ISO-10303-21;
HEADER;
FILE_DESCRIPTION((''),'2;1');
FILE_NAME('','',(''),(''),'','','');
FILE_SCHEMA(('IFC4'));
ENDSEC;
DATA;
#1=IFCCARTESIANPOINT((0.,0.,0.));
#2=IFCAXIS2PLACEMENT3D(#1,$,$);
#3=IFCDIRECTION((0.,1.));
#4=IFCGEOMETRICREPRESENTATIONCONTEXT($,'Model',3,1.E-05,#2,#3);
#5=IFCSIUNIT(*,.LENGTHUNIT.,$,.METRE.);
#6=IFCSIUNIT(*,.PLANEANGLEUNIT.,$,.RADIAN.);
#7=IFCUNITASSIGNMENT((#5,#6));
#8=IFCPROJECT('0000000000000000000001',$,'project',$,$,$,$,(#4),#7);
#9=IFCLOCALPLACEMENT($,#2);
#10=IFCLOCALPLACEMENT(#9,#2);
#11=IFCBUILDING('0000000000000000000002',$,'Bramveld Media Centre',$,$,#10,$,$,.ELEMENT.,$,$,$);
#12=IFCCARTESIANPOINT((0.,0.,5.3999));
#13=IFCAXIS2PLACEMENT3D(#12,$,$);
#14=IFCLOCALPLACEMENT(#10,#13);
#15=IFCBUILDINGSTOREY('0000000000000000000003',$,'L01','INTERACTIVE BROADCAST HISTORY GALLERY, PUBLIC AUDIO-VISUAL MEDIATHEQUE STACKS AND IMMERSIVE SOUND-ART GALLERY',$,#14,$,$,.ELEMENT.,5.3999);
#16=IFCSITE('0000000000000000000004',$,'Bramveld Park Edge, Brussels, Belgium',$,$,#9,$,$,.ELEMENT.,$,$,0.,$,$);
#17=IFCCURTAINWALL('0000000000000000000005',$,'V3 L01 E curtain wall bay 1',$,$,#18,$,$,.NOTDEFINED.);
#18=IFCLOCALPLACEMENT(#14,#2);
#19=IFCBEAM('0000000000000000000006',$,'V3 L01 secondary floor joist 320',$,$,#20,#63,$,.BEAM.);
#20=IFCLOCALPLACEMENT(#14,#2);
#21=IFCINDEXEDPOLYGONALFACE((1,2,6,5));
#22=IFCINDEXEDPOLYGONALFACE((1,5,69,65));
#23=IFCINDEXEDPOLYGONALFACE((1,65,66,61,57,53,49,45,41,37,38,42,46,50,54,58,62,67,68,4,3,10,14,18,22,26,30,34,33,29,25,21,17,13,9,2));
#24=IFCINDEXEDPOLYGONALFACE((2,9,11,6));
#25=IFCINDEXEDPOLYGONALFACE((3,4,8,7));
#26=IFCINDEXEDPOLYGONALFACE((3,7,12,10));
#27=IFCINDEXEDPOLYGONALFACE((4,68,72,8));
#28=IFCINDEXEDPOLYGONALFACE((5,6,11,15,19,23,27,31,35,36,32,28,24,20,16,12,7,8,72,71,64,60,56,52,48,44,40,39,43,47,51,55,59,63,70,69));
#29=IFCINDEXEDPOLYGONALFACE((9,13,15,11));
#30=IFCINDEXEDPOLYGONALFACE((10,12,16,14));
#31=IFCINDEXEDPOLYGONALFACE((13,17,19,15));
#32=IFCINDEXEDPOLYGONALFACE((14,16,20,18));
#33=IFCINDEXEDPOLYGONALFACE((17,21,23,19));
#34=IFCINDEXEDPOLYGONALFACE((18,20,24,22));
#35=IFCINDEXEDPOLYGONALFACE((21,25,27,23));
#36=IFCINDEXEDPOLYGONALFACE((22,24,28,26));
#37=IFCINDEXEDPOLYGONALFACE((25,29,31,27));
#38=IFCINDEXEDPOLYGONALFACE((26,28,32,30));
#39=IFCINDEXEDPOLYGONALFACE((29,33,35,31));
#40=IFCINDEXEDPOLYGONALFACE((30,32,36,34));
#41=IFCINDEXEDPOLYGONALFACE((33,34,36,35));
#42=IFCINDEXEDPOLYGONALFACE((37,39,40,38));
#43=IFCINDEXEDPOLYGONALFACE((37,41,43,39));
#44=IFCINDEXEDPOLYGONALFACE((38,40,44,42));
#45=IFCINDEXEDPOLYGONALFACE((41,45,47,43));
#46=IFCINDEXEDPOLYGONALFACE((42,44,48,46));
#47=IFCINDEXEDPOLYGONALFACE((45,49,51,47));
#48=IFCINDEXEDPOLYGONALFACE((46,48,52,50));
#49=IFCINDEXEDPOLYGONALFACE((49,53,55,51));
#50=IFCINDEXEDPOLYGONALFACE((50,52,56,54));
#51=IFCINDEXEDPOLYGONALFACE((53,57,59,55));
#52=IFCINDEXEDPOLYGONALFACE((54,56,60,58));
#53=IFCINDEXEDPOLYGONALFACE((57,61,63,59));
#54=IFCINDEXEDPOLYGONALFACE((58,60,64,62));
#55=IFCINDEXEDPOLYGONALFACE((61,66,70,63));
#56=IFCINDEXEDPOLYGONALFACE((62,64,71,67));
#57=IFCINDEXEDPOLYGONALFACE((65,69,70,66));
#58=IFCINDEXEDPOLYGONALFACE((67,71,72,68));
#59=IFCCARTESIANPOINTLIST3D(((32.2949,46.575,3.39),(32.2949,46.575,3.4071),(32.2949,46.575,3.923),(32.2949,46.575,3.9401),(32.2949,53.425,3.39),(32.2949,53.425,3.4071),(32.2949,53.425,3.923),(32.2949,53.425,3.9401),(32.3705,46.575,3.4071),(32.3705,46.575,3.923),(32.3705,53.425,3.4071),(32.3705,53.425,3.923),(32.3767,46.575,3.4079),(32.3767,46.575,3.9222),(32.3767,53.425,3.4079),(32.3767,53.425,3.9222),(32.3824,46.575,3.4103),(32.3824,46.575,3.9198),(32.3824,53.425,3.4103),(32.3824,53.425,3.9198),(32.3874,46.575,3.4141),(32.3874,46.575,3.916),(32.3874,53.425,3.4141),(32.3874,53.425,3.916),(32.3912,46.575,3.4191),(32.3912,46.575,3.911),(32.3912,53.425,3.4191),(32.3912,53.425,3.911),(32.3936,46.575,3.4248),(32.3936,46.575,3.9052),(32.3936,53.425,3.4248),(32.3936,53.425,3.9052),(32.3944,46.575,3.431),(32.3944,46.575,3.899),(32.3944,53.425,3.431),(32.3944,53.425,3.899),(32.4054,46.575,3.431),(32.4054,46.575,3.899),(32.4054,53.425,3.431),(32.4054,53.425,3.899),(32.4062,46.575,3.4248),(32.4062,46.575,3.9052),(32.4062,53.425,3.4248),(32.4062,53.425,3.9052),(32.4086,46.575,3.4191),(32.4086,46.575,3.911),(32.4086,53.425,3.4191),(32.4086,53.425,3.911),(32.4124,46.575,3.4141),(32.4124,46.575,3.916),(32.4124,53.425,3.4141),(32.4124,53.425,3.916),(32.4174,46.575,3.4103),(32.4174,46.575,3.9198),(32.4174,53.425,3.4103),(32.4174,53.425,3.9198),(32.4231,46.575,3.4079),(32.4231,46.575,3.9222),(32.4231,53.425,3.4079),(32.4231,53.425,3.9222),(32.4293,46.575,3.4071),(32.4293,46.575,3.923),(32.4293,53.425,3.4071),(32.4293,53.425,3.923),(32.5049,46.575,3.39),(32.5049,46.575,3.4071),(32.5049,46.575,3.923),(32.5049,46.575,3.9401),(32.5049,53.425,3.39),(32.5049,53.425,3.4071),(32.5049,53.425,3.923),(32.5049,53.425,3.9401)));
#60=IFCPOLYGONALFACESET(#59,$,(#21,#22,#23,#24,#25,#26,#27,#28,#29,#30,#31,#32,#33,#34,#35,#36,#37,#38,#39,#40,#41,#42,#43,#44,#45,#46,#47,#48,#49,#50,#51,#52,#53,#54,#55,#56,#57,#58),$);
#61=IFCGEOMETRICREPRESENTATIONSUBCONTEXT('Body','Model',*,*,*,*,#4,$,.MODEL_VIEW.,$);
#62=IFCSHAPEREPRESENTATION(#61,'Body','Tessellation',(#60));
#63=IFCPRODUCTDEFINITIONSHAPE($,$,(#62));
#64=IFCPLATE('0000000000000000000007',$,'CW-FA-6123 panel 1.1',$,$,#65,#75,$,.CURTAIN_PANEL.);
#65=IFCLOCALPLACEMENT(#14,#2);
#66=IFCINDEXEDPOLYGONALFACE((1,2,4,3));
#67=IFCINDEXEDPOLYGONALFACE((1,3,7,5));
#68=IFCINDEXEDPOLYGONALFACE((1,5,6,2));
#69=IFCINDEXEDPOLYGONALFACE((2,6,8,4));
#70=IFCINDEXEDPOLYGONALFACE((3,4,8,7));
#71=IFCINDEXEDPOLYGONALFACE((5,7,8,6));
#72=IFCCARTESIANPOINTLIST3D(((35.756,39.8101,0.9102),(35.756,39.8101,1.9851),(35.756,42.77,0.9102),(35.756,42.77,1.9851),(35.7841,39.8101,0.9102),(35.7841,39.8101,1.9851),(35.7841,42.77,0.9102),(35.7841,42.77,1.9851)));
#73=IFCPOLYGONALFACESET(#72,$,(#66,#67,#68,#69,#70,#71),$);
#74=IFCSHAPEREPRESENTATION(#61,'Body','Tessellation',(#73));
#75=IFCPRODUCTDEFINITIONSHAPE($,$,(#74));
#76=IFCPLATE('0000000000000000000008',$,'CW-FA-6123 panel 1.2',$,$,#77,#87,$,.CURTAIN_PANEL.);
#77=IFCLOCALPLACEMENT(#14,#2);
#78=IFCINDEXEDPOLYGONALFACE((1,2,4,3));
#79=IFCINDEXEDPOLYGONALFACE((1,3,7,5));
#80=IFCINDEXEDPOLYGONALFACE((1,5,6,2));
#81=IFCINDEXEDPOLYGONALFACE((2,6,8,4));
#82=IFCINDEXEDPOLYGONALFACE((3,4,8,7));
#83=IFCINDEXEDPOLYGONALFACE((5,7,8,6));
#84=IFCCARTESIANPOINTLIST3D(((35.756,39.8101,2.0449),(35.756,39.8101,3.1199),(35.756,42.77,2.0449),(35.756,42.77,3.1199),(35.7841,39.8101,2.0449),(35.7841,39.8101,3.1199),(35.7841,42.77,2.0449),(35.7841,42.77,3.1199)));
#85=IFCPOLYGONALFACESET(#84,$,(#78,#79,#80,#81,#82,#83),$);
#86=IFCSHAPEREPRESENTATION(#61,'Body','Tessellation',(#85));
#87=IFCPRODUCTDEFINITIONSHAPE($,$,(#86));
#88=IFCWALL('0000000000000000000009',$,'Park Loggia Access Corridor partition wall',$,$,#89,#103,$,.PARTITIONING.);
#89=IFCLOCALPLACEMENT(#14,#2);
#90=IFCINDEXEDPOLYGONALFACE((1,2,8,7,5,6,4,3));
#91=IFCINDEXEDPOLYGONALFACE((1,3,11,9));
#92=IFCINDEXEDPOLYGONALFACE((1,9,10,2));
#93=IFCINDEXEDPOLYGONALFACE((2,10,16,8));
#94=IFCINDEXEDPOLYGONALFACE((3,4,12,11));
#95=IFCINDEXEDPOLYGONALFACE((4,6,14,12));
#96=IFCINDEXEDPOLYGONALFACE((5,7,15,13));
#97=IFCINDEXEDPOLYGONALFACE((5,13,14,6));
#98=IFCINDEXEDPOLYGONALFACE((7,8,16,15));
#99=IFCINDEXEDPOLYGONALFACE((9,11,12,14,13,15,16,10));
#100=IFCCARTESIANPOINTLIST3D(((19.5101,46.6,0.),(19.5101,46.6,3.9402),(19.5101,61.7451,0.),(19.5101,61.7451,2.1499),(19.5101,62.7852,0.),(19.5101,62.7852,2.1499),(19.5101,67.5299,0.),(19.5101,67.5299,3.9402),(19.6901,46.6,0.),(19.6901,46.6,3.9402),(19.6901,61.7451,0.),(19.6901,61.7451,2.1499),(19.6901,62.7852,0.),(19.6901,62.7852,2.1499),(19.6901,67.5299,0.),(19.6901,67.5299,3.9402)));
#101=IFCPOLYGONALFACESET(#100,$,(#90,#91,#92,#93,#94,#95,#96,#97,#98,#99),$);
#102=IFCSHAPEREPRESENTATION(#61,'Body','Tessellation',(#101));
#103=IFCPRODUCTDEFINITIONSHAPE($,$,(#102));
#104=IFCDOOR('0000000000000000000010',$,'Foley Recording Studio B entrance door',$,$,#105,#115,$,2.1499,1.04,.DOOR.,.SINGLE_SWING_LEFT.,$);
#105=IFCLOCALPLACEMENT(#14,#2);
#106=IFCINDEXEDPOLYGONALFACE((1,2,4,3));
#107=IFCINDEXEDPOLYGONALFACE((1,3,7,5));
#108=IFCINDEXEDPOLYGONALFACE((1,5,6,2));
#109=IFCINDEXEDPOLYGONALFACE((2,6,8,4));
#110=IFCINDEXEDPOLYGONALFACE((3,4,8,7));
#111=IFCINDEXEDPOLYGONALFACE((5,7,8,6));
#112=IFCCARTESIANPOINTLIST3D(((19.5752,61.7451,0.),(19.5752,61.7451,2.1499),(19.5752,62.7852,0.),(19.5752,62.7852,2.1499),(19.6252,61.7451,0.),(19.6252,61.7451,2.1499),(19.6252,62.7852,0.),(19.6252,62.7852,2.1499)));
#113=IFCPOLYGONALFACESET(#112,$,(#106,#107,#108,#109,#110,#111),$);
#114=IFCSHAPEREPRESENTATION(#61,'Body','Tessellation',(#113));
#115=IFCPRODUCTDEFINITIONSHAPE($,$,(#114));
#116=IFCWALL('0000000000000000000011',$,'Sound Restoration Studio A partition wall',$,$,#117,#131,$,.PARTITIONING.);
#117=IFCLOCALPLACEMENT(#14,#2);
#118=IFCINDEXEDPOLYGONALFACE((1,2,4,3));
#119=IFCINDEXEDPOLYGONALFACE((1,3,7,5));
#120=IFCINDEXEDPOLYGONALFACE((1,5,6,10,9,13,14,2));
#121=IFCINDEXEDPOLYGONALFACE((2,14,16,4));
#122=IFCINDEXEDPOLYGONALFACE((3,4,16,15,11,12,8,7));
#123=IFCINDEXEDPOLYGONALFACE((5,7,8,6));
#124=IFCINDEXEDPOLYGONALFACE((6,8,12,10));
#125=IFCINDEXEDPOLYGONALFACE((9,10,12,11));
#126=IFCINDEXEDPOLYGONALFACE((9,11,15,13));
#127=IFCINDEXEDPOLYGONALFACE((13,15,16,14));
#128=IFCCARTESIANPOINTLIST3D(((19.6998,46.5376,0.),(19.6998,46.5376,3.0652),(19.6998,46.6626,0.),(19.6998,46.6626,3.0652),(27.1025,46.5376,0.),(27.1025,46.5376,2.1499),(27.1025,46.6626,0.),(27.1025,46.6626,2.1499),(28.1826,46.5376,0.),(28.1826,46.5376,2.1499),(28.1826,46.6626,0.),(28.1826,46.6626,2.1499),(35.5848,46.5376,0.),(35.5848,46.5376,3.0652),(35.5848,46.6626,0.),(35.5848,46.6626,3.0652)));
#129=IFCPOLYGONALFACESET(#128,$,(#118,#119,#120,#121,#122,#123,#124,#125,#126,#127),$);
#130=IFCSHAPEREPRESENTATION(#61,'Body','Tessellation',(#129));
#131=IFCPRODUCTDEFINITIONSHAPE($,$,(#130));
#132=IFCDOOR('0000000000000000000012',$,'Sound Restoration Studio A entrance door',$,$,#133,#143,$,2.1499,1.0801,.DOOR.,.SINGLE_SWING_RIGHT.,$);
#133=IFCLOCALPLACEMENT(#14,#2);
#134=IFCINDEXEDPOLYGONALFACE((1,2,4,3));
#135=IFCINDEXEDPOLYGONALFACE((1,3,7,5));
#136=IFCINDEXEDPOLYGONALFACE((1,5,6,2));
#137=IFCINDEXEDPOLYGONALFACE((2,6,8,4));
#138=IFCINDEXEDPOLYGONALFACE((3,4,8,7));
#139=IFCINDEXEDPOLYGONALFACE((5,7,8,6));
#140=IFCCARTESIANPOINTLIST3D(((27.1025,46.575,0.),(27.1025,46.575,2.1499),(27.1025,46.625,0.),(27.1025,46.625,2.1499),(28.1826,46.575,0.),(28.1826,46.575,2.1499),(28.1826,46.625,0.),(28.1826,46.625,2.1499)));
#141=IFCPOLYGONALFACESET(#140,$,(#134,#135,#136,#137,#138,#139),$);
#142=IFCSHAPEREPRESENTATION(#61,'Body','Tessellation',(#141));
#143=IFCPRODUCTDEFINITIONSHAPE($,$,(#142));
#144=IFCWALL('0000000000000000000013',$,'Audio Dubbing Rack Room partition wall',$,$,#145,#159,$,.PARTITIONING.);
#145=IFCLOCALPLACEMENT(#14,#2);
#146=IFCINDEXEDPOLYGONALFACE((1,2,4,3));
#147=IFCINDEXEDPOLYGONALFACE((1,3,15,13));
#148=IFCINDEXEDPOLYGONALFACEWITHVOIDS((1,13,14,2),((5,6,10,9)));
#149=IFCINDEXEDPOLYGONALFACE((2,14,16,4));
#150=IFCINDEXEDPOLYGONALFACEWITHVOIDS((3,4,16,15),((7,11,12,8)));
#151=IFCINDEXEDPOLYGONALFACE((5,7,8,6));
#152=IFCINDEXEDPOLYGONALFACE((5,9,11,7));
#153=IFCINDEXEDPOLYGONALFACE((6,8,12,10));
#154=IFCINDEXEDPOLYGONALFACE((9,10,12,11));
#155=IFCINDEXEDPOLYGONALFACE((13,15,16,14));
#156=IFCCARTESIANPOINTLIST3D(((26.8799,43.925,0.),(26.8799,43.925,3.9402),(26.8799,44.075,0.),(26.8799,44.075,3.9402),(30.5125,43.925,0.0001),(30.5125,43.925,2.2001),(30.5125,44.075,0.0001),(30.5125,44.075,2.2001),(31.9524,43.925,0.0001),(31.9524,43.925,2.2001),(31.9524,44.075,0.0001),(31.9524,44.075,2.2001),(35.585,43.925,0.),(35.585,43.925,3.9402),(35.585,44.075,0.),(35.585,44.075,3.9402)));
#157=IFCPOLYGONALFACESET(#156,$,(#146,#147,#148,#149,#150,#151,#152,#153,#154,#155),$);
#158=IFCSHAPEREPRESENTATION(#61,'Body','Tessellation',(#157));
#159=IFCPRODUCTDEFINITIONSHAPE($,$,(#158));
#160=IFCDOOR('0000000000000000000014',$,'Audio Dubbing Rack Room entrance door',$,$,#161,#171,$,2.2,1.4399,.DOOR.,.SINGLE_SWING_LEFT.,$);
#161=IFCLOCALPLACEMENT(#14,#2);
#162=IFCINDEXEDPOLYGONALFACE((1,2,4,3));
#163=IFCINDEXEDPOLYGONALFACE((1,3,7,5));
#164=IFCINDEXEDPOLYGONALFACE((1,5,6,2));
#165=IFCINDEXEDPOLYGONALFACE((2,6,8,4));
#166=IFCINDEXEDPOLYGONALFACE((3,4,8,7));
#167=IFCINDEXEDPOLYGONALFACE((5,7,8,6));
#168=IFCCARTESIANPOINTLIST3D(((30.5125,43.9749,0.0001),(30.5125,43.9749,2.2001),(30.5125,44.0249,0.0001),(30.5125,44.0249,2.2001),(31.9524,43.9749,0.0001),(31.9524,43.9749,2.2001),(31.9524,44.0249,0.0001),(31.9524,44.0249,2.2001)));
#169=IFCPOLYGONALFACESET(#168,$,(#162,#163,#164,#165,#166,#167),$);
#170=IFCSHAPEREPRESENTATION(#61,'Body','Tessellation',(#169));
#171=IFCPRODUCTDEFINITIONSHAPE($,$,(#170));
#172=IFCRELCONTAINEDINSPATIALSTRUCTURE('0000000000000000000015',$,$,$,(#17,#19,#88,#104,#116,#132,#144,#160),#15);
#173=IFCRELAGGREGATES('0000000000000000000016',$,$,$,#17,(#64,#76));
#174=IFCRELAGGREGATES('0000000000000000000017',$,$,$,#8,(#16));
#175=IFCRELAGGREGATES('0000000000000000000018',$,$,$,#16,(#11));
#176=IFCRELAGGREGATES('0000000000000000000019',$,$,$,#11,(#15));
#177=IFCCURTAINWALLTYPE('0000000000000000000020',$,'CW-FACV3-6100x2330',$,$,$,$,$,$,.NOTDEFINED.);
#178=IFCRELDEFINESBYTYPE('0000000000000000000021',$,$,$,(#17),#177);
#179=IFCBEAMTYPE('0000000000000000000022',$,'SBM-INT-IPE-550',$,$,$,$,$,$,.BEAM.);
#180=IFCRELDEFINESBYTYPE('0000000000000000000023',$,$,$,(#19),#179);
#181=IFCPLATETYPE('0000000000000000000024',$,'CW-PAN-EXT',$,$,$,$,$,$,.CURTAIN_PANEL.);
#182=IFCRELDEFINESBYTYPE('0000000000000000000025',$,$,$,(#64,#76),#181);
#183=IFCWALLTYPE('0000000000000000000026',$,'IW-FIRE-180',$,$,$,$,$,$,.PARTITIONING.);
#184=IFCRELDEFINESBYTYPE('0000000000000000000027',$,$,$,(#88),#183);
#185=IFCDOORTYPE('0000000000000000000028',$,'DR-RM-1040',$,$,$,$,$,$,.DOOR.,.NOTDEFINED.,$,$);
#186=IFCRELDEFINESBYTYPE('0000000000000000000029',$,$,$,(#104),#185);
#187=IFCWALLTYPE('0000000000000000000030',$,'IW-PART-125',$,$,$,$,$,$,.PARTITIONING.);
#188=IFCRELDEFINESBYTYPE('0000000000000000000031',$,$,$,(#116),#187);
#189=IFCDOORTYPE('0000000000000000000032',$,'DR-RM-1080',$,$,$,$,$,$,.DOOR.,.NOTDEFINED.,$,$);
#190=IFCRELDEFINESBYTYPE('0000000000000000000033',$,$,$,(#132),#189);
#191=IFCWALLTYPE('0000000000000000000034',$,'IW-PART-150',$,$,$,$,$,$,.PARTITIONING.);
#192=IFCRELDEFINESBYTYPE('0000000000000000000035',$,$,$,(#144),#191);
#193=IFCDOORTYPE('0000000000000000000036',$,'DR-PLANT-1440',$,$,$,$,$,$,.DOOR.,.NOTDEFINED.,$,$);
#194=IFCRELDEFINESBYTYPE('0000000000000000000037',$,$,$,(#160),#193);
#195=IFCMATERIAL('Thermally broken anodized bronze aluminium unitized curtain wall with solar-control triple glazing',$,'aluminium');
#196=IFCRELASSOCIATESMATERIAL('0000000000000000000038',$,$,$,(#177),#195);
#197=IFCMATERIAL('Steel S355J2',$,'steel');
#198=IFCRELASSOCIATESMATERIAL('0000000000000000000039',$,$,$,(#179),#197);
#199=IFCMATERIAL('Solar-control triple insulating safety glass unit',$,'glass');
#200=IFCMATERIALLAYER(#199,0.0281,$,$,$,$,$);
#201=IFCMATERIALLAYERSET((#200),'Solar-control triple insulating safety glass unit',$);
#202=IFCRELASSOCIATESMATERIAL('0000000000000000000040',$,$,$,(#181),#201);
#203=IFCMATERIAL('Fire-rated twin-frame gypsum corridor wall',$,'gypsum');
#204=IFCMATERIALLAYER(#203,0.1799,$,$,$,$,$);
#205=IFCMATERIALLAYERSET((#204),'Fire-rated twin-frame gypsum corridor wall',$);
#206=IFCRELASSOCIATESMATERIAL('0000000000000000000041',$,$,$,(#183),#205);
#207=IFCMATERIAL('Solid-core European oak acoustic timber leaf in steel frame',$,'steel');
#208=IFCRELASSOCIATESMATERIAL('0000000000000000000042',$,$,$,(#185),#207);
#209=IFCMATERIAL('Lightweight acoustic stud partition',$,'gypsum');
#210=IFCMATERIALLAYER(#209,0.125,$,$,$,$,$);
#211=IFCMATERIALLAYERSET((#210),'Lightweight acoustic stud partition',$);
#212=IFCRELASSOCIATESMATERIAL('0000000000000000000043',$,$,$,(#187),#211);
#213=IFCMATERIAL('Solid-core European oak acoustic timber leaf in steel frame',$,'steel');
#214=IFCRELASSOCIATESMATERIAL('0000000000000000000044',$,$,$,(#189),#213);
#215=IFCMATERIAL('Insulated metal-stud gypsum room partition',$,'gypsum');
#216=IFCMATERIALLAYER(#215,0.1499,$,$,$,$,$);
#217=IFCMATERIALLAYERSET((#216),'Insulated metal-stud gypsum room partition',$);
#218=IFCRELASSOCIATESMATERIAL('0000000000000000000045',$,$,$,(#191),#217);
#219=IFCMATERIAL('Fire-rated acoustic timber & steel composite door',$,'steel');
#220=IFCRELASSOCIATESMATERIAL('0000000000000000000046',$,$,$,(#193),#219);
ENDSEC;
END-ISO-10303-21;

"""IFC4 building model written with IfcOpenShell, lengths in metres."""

from ifc_helpers import new_model, si_unit, direction, frame, frame_2d, origin, origin_2d, place, context, subcontext, project, spatial, rectangle, i_section, extrude, material, layer, layer_set, material_profile, profile_set, type_object, element, fill, aggregate, save


model = new_model("IFC4")

# Units and contexts
model_context = context("Model", 3, precision=1e-05, world=origin(), true_north=direction((0.0, 1.0)))
body_context = subcontext(model_context, "Body", "Model", "MODEL_VIEW")
ifc_project = project(units=[si_unit("LENGTHUNIT", "METRE"), si_unit("PLANEANGLEUNIT", "RADIAN")], contexts=[model_context])

# Site, building, storey
site_placement = place(None, origin())
site = spatial("IfcSite", under=ifc_project, at=site_placement, Name="Bramveld Park Edge, Brussels, Belgium", CompositionType="ELEMENT", RefElevation=0.0)
building_placement = place(site_placement, origin())
building = spatial("IfcBuilding", under=site, at=building_placement, Name="Bramveld Media Centre", CompositionType="ELEMENT")
storey_placement = place(building_placement, frame((0.0, 0.0, 5.3999)))
storey = spatial("IfcBuildingStorey", under=building, at=storey_placement, Name="L01", Description="INTERACTIVE BROADCAST HISTORY GALLERY, PUBLIC AUDIO-VISUAL MEDIATHEQUE STACKS AND IMMERSIVE SOUND-ART GALLERY", CompositionType="ELEMENT", Elevation=5.3999)

# Curtain wall
ifc_material_1 = material(Name="Thermally broken anodized bronze aluminium unitized curtain wall with solar-control triple glazing", Category="aluminium")
curtain_wall_type = type_object("IfcCurtainWallType", Name="CW-FACV3-6100x2330", PredefinedType="NOTDEFINED", material=ifc_material_1)
curtain_wall_placement = place(storey_placement, origin())
curtain_wall = element("IfcCurtainWall", 1, at=curtain_wall_placement, inside=storey, type_object=curtain_wall_type, Name="V3 L01 E curtain wall bay 1", PredefinedType="NOTDEFINED")

# Beam
ifc_material_2 = material(Name="Steel S355J2", Category="steel")
ifc_material_profile_1 = material_profile(ifc_material_2, i_section(OverallWidth=0.21, OverallDepth=0.55, WebThickness=0.011, FlangeThickness=0.0171, FilletRadius=0.0239, at=origin_2d()), Name="IPE 550")
ifc_profile_set_1 = profile_set([ifc_material_profile_1], Name="Steel S355J2")
beam_type_1 = type_object("IfcBeamType", Name="SBM-INT-IPE-550", PredefinedType="BEAM", material=ifc_profile_set_1)
beam_1_placement = place(storey_placement, frame((32.3999, 46.575, 3.665), z_axis=(0.0, 1.0, 0.0), x_axis=(-1.0, 0.0, 0.0)))
element("IfcBeam", 2, at=beam_1_placement, inside=storey, type_object=beam_type_1, Name="V3 L01 secondary floor joist 320", PredefinedType="BEAM", context=body_context, shape_type="SweptSolid", body=[
    extrude(i_section(OverallWidth=0.21, OverallDepth=0.55, WebThickness=0.011, FlangeThickness=0.0171, FilletRadius=0.0239, at=origin_2d()), origin(), (0.0, 0.0, 1.0), 6.8501),
])

# Plates
ifc_material_3 = material(Name="Solar-control triple insulating safety glass unit", Category="glass")
ifc_layer_1 = layer(ifc_material_3, 0.0281)
ifc_layer_set_1 = layer_set([ifc_layer_1], Name="Solar-control triple insulating safety glass unit")
plate_type = type_object("IfcPlateType", Name="CW-PAN-EXT", PredefinedType="CURTAIN_PANEL", material=ifc_layer_set_1)
plate_1_placement = place(storey_placement, frame((35.77, 41.29, 0.9102), z_axis=(0.0, 0.0, 1.0), x_axis=(0.0, 1.0, 0.0)))
plate_1 = element("IfcPlate", 3, at=plate_1_placement, type_object=plate_type, Name="CW-FA-6123 panel 1.1", PredefinedType="CURTAIN_PANEL", context=body_context, shape_type="SweptSolid", body=[
    extrude(rectangle(XDim=2.96, YDim=0.0281, at=origin_2d()), origin(), (0.0, 0.0, 1.0), 1.075),
])
plate_2_placement = place(storey_placement, frame((35.77, 41.29, 2.0449), z_axis=(0.0, 0.0, 1.0), x_axis=(0.0, 1.0, 0.0)))
plate_2 = element("IfcPlate", 4, at=plate_2_placement, type_object=plate_type, Name="CW-FA-6123 panel 1.2", PredefinedType="CURTAIN_PANEL", context=body_context, shape_type="SweptSolid", body=[
    extrude(rectangle(XDim=2.96, YDim=0.0281, at=origin_2d()), origin(), (0.0, 0.0, 1.0), 1.075),
])
aggregate(curtain_wall, [plate_1, plate_2])

# Walls, openings, doors
ifc_material_4 = material(Name="Fire-rated twin-frame gypsum corridor wall", Category="gypsum")
ifc_layer_2 = layer(ifc_material_4, 0.1799)
ifc_layer_set_2 = layer_set([ifc_layer_2], Name="Fire-rated twin-frame gypsum corridor wall")
wall_type_1 = type_object("IfcWallType", Name="IW-FIRE-180", PredefinedType="PARTITIONING", material=ifc_layer_set_2)
wall_1_placement = place(storey_placement, frame((19.6001, 46.6001, 0.0), z_axis=(0.0, 0.0, 1.0), x_axis=(0.0, 1.0, 0.0)))
wall_1 = element("IfcWall", 5, at=wall_1_placement, inside=storey, type_object=wall_type_1, Name="Park Loggia Access Corridor partition wall", PredefinedType="PARTITIONING", context=body_context, shape_type="SweptSolid", body=[
    extrude(rectangle(XDim=20.9299, YDim=0.1799, at=frame_2d((10.4648, 0.0))), origin(), (0.0, 0.0, 1.0), 3.9402),
])
opening_1_placement = place(wall_1_placement, frame((15.145, 0.0, 0.0)))
opening_1 = element("IfcOpeningElement", 6, at=opening_1_placement, cuts=wall_1, PredefinedType="OPENING", context=body_context, shape_type="SweptSolid", body=[
    extrude(rectangle(XDim=1.04, YDim=2.1499, at=frame_2d((0.52, 1.075))), frame((0.0, 0.1021, 0.0), z_axis=(0.0, -1.0, 0.0), x_axis=(1.0, 0.0, 0.0)), (0.0, 0.0, 1.0), 0.2039),
])
ifc_material_5 = material(Name="Solid-core European oak acoustic timber leaf in steel frame", Category="steel")
door_type_1 = type_object("IfcDoorType", Name="DR-RM-1040", OperationType="NOTDEFINED", PredefinedType="DOOR", material=ifc_material_5)
door_1_placement = place(opening_1_placement, origin())
door_1 = element("IfcDoor", 7, at=door_1_placement, inside=storey, type_object=door_type_1, Name="Foley Recording Studio B entrance door", OperationType="SINGLE_SWING_LEFT", OverallHeight=2.1499, OverallWidth=1.04, PredefinedType="DOOR", context=body_context, shape_type="SweptSolid", body=[
    extrude(rectangle(XDim=1.04, YDim=2.1499, at=frame_2d((0.52, 1.075))), frame((0.0, 0.0249, 0.0), z_axis=(0.0, -1.0, 0.0), x_axis=(1.0, 0.0, 0.0)), (0.0, 0.0, 1.0), 0.05),
])
fill(opening_1, door_1)
ifc_material_6 = material(Name="Lightweight acoustic stud partition", Category="gypsum")
ifc_layer_3 = layer(ifc_material_6, 0.125)
ifc_layer_set_3 = layer_set([ifc_layer_3], Name="Lightweight acoustic stud partition")
wall_type_2 = type_object("IfcWallType", Name="IW-PART-125", PredefinedType="PARTITIONING", material=ifc_layer_set_3)
wall_2_placement = place(storey_placement, frame((19.7, 46.6001, 0.0), z_axis=(0.0, 0.0, 1.0), x_axis=(1.0, 0.0, 0.0)))
wall_2 = element("IfcWall", 8, at=wall_2_placement, inside=storey, type_object=wall_type_2, Name="Sound Restoration Studio A partition wall", PredefinedType="PARTITIONING", context=body_context, shape_type="SweptSolid", body=[
    extrude(rectangle(XDim=15.885, YDim=0.125, at=frame_2d((7.9424, 0.0))), origin(), (0.0, 0.0, 1.0), 3.0652),
])
opening_2_placement = place(wall_2_placement, frame((7.4026, 0.0, 0.0)))
opening_2 = element("IfcOpeningElement", 9, at=opening_2_placement, cuts=wall_2, PredefinedType="OPENING", context=body_context, shape_type="SweptSolid", body=[
    extrude(rectangle(XDim=1.0801, YDim=2.1499, at=frame_2d((0.54, 1.075))), frame((0.0, 0.0745, 0.0), z_axis=(0.0, -1.0, 0.0), x_axis=(1.0, 0.0, 0.0)), (0.0, 0.0, 1.0), 0.1489),
])
ifc_material_7 = material(Name="Solid-core European oak acoustic timber leaf in steel frame", Category="steel")
door_type_2 = type_object("IfcDoorType", Name="DR-RM-1080", OperationType="NOTDEFINED", PredefinedType="DOOR", material=ifc_material_7)
door_2_placement = place(opening_2_placement, origin())
door_2 = element("IfcDoor", 10, at=door_2_placement, inside=storey, type_object=door_type_2, Name="Sound Restoration Studio A entrance door", OperationType="SINGLE_SWING_RIGHT", OverallHeight=2.1499, OverallWidth=1.0801, PredefinedType="DOOR", context=body_context, shape_type="SweptSolid", body=[
    extrude(rectangle(XDim=1.0801, YDim=2.1499, at=frame_2d((0.54, 1.075))), frame((0.0, 0.0249, 0.0), z_axis=(0.0, -1.0, 0.0), x_axis=(1.0, 0.0, 0.0)), (0.0, 0.0, 1.0), 0.05),
])
fill(opening_2, door_2)
ifc_material_8 = material(Name="Insulated metal-stud gypsum room partition", Category="gypsum")
ifc_layer_4 = layer(ifc_material_8, 0.1499)
ifc_layer_set_4 = layer_set([ifc_layer_4], Name="Insulated metal-stud gypsum room partition")
wall_type_3 = type_object("IfcWallType", Name="IW-PART-150", PredefinedType="PARTITIONING", material=ifc_layer_set_4)
wall_3_placement = place(storey_placement, frame((26.8799, 44.0, 0.0), z_axis=(0.0, 0.0, 1.0), x_axis=(1.0, 0.0, 0.0)))
wall_3 = element("IfcWall", 11, at=wall_3_placement, inside=storey, type_object=wall_type_3, Name="Audio Dubbing Rack Room partition wall", PredefinedType="PARTITIONING", context=body_context, shape_type="SweptSolid", body=[
    extrude(rectangle(XDim=8.7051, YDim=0.1499, at=frame_2d((4.3525, 0.0))), origin(), (0.0, 0.0, 1.0), 3.9402),
])
opening_3_placement = place(wall_3_placement, frame((3.6326, 0.0, 0.0)))
opening_3 = element("IfcOpeningElement", 12, at=opening_3_placement, cuts=wall_3, PredefinedType="OPENING", context=body_context, shape_type="SweptSolid", body=[
    extrude(rectangle(XDim=1.4399, YDim=2.2, at=frame_2d((0.72, 1.1001))), frame((0.0, 0.0869, 0.0), z_axis=(0.0, -1.0, 0.0), x_axis=(1.0, 0.0, 0.0)), (0.0, 0.0, 1.0), 0.1738),
])
ifc_material_9 = material(Name="Fire-rated acoustic timber & steel composite door", Category="steel")
door_type_3 = type_object("IfcDoorType", Name="DR-PLANT-1440", OperationType="NOTDEFINED", PredefinedType="DOOR", material=ifc_material_9)
door_3_placement = place(opening_3_placement, origin())
door_3 = element("IfcDoor", 13, at=door_3_placement, inside=storey, type_object=door_type_3, Name="Audio Dubbing Rack Room entrance door", OperationType="SINGLE_SWING_LEFT", OverallHeight=2.2, OverallWidth=1.4399, PredefinedType="DOOR", context=body_context, shape_type="SweptSolid", body=[
    extrude(rectangle(XDim=1.4399, YDim=2.2, at=frame_2d((0.72, 1.1001))), frame((0.0, 0.0249, 0.0), z_axis=(0.0, -1.0, 0.0), x_axis=(1.0, 0.0, 0.0)), (0.0, 0.0, 1.0), 0.05),
])
fill(opening_3, door_3)

save(model, "model.ifc")
